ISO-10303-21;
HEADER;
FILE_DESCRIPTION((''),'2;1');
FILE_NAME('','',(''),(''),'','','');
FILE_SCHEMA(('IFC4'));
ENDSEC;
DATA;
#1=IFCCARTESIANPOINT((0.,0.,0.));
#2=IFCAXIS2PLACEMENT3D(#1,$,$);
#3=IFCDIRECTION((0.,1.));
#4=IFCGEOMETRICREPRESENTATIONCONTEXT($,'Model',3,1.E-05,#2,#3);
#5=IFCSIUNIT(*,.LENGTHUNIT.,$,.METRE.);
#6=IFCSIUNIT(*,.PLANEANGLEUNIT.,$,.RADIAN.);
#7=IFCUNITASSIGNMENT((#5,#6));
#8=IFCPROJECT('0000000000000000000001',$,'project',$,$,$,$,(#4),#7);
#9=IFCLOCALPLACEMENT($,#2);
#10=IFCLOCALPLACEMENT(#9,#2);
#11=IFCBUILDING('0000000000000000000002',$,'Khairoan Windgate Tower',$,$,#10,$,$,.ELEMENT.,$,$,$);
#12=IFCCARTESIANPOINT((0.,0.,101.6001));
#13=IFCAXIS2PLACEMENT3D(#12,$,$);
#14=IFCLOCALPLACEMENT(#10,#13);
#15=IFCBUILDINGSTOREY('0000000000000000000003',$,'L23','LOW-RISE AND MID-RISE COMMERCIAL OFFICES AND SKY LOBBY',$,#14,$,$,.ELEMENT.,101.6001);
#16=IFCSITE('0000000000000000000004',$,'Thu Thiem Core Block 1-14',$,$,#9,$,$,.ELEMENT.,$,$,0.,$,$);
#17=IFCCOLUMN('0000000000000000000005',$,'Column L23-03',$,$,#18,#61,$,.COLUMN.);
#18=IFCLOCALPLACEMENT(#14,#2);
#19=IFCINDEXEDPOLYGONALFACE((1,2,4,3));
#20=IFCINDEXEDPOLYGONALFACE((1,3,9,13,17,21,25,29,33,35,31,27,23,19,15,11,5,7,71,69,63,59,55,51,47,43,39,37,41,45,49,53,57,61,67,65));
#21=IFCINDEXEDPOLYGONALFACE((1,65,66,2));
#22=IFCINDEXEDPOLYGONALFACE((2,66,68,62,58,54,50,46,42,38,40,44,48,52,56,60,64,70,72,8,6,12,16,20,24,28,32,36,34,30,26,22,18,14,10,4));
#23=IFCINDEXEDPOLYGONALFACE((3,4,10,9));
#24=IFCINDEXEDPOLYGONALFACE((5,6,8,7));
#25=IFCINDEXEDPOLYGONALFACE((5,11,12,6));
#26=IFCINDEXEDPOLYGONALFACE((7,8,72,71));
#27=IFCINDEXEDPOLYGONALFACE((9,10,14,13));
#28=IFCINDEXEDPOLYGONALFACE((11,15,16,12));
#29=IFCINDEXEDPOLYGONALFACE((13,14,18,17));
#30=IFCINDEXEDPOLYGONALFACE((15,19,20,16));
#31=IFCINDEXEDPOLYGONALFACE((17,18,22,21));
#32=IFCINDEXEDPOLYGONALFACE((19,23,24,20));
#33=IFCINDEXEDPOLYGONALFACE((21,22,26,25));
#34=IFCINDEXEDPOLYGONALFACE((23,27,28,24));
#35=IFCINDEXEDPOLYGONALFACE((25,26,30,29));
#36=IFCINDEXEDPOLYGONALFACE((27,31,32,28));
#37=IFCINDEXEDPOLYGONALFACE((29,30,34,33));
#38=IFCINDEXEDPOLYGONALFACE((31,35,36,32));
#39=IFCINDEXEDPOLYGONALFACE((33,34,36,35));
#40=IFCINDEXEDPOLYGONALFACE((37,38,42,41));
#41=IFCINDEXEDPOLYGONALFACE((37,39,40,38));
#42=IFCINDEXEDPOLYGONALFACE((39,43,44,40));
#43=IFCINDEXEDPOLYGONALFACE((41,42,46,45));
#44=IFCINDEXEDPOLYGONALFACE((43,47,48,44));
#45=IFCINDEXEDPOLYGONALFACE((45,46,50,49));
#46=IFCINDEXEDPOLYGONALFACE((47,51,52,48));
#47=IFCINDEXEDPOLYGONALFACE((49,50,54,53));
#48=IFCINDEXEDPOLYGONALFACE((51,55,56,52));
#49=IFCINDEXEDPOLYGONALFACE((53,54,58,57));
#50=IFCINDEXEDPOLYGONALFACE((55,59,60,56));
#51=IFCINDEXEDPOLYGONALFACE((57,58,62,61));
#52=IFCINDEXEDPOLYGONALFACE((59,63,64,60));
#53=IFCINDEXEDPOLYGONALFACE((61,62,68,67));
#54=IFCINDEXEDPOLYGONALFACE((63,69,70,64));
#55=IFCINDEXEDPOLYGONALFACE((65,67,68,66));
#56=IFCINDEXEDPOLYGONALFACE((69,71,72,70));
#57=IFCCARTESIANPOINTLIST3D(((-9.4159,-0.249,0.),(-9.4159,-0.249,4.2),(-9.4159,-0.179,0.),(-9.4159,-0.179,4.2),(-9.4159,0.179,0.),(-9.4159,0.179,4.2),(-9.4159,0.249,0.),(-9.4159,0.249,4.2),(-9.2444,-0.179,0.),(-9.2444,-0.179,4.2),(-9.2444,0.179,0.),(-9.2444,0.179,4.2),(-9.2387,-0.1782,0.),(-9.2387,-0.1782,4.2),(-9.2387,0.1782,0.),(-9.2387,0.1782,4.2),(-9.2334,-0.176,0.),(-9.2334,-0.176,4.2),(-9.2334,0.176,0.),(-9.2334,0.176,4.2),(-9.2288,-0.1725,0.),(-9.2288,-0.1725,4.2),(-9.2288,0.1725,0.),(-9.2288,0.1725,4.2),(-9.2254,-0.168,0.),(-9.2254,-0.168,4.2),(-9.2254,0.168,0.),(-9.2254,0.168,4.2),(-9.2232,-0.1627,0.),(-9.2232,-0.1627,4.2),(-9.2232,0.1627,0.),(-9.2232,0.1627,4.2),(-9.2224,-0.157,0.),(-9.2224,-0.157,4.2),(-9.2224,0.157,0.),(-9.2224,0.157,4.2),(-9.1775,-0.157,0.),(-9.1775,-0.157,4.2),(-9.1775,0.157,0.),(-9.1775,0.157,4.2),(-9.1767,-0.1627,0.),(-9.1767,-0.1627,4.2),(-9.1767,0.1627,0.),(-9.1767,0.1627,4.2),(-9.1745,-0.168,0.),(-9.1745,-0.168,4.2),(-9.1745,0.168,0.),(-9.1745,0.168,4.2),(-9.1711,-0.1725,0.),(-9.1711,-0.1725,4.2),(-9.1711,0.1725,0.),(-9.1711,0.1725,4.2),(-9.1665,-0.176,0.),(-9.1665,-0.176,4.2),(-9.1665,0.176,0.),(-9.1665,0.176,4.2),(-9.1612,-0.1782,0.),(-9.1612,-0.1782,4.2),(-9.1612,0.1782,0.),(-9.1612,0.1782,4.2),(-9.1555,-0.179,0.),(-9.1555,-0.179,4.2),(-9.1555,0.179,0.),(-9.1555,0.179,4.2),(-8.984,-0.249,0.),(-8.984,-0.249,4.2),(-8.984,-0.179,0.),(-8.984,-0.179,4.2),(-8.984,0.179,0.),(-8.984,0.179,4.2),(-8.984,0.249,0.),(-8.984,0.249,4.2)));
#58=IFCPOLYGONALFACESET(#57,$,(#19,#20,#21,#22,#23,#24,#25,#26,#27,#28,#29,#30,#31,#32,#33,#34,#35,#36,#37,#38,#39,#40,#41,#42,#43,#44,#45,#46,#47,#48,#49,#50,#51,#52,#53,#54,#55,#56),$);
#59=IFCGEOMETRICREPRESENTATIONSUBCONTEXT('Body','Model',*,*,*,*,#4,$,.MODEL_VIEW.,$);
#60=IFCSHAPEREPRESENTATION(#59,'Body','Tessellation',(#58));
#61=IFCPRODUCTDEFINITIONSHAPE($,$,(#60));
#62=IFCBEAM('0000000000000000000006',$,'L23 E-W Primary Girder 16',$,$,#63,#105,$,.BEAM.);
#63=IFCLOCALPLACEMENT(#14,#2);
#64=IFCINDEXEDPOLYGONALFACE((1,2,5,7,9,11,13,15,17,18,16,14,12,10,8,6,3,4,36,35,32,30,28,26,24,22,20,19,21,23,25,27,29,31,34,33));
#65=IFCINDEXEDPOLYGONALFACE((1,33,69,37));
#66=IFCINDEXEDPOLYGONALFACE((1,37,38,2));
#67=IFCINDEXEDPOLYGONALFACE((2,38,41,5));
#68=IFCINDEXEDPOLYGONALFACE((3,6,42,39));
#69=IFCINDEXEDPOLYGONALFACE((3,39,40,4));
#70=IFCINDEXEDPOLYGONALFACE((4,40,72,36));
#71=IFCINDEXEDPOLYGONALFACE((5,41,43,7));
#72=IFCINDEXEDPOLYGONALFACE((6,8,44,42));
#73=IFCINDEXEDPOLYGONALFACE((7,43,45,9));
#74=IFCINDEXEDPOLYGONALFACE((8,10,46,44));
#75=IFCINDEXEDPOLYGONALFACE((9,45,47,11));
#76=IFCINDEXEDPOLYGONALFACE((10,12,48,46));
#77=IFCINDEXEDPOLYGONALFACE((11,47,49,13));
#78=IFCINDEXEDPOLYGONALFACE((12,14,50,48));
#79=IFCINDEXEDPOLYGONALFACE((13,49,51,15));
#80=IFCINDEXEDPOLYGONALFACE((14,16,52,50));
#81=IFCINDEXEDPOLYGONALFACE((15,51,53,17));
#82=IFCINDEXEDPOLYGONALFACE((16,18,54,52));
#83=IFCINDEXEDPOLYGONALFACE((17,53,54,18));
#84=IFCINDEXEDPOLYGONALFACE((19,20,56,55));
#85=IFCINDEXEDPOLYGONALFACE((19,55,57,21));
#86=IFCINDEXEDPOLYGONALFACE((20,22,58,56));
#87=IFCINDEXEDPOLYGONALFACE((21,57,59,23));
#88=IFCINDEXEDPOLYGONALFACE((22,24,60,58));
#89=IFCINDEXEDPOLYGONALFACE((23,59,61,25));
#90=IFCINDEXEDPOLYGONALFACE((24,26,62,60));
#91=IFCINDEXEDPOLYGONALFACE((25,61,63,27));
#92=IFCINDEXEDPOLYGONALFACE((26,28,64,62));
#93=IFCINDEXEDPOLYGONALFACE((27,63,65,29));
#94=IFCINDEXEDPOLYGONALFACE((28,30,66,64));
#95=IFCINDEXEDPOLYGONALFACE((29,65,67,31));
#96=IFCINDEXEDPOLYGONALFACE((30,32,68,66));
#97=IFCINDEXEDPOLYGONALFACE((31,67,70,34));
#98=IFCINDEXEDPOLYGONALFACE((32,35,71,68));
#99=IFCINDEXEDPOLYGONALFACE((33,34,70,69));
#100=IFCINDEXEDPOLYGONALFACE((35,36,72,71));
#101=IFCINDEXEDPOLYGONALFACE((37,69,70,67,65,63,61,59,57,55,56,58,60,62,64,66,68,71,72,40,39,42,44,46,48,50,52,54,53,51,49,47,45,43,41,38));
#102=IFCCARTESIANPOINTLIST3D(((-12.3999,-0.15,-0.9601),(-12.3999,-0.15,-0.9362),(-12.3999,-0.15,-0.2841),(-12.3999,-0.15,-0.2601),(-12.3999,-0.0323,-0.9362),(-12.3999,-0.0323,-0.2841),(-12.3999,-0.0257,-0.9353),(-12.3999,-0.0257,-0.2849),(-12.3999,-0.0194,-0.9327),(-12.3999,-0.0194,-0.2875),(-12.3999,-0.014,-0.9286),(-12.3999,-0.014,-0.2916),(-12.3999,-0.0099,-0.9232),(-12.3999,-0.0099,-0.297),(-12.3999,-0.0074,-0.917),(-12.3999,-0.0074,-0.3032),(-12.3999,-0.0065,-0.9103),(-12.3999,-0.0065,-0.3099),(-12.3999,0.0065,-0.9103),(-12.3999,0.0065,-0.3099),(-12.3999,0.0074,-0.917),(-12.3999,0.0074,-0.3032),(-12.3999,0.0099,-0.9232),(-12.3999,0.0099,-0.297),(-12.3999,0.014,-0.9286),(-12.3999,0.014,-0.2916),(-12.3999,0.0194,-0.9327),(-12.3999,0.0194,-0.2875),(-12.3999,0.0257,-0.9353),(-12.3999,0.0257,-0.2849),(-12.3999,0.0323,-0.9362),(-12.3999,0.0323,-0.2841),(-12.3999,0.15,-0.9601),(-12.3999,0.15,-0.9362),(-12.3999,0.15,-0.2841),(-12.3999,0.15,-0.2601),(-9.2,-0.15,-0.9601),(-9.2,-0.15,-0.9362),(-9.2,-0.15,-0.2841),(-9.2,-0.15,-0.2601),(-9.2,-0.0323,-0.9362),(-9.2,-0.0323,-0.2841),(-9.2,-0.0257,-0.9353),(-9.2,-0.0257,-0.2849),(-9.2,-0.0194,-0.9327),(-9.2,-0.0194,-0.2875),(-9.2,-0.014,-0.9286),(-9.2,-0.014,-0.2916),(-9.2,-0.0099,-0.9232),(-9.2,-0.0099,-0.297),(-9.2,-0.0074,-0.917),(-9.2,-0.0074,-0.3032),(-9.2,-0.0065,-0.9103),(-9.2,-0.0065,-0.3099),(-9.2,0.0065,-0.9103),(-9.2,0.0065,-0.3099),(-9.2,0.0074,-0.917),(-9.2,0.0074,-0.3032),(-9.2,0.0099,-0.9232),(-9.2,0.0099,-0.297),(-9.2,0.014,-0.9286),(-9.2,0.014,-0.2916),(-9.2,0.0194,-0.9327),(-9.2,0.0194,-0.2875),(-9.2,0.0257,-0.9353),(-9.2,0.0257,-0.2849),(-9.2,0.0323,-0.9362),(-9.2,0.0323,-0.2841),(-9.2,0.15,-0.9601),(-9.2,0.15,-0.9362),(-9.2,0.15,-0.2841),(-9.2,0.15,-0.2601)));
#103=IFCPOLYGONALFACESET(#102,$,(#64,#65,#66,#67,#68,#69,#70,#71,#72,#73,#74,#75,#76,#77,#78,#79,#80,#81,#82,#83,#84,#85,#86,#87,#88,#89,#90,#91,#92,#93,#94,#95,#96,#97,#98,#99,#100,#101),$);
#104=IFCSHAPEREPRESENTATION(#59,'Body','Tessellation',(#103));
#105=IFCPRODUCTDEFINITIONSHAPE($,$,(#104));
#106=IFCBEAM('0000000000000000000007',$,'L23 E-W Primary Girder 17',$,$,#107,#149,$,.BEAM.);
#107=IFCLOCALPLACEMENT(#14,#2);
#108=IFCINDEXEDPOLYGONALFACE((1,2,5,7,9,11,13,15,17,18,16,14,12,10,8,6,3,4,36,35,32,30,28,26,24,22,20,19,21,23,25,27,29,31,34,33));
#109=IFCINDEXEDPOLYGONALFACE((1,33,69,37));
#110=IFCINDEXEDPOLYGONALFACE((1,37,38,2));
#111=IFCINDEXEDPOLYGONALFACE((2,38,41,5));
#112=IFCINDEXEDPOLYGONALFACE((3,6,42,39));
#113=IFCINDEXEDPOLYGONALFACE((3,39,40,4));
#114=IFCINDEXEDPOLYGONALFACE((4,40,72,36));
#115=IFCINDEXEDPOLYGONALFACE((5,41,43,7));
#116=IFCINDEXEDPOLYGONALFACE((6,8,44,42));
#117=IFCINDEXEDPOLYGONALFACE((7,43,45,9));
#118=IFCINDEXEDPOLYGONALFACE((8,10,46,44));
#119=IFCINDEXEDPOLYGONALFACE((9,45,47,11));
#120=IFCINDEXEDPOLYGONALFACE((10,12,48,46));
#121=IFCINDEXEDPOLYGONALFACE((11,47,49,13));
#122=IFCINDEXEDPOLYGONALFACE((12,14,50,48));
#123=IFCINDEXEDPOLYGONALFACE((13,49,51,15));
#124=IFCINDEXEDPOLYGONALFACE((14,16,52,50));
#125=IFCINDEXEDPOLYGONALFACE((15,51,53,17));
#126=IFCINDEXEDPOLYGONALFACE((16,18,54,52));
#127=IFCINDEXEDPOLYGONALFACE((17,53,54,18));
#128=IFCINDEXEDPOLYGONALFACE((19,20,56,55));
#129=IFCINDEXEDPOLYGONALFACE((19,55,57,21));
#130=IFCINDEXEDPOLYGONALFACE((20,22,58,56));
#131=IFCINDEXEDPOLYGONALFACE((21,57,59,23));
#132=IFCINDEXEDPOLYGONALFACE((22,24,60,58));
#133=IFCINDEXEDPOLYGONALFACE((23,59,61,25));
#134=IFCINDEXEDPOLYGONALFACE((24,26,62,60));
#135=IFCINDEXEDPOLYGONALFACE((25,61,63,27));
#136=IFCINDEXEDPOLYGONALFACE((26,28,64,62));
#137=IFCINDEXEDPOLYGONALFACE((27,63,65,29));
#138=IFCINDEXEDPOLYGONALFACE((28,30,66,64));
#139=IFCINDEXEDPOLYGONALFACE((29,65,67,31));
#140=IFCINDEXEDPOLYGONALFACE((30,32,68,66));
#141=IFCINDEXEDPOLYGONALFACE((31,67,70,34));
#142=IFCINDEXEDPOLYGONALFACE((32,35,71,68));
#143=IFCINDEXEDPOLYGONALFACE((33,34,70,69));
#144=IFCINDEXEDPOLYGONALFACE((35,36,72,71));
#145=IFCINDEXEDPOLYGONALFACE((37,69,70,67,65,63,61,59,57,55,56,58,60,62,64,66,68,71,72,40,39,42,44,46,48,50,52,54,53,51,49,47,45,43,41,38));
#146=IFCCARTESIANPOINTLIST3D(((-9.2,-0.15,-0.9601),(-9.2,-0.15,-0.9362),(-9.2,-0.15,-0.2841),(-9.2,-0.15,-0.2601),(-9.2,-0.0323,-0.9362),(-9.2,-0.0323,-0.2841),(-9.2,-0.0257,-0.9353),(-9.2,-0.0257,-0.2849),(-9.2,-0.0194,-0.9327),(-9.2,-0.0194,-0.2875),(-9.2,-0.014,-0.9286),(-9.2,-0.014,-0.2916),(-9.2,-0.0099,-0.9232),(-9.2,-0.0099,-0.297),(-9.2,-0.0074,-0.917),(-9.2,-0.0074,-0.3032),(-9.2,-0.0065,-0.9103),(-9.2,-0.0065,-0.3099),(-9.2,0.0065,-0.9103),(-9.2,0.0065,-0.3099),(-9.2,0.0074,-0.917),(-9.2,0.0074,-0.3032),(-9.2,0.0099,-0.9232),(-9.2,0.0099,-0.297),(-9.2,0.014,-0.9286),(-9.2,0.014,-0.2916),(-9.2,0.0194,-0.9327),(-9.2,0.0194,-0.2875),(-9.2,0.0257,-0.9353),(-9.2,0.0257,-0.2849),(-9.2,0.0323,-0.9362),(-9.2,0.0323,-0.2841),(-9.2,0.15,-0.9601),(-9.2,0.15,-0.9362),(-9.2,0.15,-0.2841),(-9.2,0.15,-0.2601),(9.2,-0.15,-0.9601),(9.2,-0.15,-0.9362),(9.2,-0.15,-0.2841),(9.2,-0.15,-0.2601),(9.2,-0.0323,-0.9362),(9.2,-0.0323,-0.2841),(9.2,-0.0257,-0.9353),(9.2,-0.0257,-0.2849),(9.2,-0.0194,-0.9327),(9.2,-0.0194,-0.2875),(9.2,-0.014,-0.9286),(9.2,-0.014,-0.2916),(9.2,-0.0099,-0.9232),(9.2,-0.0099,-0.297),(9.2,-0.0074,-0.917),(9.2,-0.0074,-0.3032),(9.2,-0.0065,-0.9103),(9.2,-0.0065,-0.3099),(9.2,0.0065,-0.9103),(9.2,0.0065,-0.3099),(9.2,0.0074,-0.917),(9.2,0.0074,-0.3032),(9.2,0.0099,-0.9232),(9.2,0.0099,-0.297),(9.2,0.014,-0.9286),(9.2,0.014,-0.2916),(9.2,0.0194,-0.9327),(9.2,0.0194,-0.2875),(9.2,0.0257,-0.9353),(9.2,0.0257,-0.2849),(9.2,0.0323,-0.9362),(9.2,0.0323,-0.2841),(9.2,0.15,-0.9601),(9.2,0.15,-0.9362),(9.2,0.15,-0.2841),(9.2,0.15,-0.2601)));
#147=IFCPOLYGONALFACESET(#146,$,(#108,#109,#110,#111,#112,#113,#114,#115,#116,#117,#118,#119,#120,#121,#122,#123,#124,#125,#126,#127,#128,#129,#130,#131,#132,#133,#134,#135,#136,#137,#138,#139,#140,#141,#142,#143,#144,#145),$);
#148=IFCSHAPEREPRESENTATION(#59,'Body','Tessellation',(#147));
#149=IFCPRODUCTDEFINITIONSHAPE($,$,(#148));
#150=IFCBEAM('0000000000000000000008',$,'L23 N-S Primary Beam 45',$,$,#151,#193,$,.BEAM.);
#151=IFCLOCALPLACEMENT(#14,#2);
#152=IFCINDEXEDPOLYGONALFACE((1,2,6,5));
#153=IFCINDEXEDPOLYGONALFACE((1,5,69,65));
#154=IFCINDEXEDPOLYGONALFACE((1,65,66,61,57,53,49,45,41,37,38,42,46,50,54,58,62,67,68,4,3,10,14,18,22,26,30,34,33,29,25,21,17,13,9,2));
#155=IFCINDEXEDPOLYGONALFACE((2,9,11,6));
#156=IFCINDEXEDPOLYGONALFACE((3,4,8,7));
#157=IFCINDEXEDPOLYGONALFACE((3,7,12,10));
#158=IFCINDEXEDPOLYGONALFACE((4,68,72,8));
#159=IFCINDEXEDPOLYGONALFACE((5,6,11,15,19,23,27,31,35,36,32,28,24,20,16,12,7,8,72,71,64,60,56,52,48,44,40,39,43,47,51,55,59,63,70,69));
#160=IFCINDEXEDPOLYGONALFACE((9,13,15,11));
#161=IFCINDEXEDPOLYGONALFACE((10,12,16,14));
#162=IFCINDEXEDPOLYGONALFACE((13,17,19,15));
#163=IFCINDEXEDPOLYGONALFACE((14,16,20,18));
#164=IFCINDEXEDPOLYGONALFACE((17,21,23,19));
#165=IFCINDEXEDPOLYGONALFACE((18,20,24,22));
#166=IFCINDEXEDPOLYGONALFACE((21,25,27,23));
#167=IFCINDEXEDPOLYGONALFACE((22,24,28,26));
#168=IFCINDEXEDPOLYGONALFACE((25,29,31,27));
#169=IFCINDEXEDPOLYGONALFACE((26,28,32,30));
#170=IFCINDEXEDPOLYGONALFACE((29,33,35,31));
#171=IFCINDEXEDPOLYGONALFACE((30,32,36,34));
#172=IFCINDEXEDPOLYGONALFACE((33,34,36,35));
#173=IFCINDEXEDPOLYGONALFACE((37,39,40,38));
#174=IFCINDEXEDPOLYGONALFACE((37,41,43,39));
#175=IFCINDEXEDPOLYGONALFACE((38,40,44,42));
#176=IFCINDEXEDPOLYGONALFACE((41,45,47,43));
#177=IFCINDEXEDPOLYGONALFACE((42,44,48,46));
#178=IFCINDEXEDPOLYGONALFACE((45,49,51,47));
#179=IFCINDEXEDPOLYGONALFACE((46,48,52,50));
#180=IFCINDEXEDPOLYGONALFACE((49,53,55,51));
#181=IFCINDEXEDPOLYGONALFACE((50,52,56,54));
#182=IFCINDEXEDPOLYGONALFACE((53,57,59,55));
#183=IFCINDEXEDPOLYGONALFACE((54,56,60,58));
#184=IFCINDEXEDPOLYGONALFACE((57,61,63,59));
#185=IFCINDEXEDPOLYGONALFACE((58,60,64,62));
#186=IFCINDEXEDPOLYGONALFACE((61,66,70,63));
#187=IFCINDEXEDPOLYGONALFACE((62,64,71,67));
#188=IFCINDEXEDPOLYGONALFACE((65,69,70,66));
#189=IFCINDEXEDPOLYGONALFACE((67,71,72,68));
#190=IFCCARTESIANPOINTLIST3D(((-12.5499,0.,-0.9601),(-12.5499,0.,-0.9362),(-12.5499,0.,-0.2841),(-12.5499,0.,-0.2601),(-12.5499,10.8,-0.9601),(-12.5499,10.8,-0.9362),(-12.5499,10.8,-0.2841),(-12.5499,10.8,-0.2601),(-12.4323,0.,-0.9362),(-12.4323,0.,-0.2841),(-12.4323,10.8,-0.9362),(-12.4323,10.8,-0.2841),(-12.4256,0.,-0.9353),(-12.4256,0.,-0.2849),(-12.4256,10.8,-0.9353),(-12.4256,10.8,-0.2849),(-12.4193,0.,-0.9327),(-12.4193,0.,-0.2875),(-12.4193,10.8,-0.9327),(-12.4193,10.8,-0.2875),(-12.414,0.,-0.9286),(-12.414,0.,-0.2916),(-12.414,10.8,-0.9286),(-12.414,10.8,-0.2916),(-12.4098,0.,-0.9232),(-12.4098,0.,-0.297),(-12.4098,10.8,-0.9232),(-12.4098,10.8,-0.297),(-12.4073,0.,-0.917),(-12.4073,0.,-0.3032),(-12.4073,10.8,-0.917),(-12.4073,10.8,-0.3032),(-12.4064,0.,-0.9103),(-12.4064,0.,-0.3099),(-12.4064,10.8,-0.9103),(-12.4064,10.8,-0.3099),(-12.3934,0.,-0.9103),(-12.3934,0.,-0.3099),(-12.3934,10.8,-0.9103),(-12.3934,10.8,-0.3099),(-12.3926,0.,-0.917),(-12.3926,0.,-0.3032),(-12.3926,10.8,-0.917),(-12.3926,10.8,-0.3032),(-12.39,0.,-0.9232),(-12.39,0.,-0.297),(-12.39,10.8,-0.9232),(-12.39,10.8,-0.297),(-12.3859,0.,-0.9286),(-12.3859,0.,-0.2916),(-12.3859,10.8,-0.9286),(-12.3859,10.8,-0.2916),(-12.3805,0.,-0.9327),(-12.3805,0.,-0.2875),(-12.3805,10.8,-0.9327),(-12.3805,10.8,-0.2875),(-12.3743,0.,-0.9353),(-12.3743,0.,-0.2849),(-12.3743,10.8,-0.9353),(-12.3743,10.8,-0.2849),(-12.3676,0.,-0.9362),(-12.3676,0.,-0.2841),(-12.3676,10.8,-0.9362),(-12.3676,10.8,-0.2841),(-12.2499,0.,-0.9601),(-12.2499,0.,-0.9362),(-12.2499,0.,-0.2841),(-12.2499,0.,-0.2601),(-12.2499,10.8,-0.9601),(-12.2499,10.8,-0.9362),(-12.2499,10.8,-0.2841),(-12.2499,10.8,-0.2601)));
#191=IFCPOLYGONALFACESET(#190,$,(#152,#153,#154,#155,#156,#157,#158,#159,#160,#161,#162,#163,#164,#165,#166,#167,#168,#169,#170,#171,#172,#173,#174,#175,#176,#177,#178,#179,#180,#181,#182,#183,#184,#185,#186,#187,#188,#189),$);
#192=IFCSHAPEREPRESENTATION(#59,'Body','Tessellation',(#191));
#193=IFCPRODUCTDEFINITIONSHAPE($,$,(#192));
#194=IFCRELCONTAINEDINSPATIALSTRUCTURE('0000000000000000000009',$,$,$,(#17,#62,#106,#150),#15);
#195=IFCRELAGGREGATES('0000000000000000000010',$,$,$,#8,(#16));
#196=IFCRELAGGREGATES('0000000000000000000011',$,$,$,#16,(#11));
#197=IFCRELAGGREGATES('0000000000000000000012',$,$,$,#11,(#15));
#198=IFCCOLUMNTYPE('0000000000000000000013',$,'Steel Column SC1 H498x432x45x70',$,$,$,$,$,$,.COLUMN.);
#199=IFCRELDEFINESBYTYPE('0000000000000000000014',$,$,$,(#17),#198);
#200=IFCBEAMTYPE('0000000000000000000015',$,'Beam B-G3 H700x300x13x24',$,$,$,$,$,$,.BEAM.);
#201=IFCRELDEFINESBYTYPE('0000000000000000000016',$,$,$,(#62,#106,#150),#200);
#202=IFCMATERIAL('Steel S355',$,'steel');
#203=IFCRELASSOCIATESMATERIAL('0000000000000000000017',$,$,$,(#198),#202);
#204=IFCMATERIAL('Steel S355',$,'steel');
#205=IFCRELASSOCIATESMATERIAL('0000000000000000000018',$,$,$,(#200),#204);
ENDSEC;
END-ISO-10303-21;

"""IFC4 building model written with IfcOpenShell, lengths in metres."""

from ifc_helpers import new_model, si_unit, direction, frame, origin, origin_2d, place, context, subcontext, project, spatial, i_section, extrude, material, material_profile, profile_set, type_object, element, save


model = new_model("IFC4")

# Units and contexts
model_context = context("Model", 3, precision=1e-05, world=origin(), true_north=direction((0.0, 1.0)))
body_context = subcontext(model_context, "Body", "Model", "MODEL_VIEW")
ifc_project = project(units=[si_unit("LENGTHUNIT", "METRE"), si_unit("PLANEANGLEUNIT", "RADIAN")], contexts=[model_context])

# Site, building, storey
site_placement = place(None, origin())
site = spatial("IfcSite", under=ifc_project, at=site_placement, Name="Thu Thiem Core Block 1-14", CompositionType="ELEMENT", RefElevation=0.0)
building_placement = place(site_placement, origin())
building = spatial("IfcBuilding", under=site, at=building_placement, Name="Khairoan Windgate Tower", CompositionType="ELEMENT")
storey_placement = place(building_placement, frame((0.0, 0.0, 101.6001)))
storey = spatial("IfcBuildingStorey", under=building, at=storey_placement, Name="L23", Description="LOW-RISE AND MID-RISE COMMERCIAL OFFICES AND SKY LOBBY", CompositionType="ELEMENT", Elevation=101.6001)

# Column
ifc_material_1 = material(Name="Steel S355", Category="steel")
ifc_material_profile_1 = material_profile(ifc_material_1, i_section(OverallWidth=0.4319, OverallDepth=0.498, WebThickness=0.0449, FlangeThickness=0.0701, FilletRadius=0.022, at=origin_2d()))
ifc_profile_set_1 = profile_set([ifc_material_profile_1], Name="Steel S355")
column_type = type_object("IfcColumnType", Name="Steel Column SC1 H498x432x45x70", PredefinedType="COLUMN", material=ifc_profile_set_1)
column_placement = place(storey_placement, frame((-9.2, 0.0, 0.0), z_axis=(0.0, 0.0, 1.0), x_axis=(1.0, 0.0, 0.0)))
element("IfcColumn", 1, at=column_placement, inside=storey, type_object=column_type, Name="Column L23-03", PredefinedType="COLUMN", context=body_context, shape_type="SweptSolid", body=[
    extrude(i_section(OverallWidth=0.4319, OverallDepth=0.498, WebThickness=0.0449, FlangeThickness=0.0701, FilletRadius=0.022, at=origin_2d()), origin(), (0.0, 0.0, 1.0), 4.2),
])

# Beams
ifc_material_2 = material(Name="Steel S355", Category="steel")
ifc_material_profile_2 = material_profile(ifc_material_2, i_section(OverallWidth=0.3, OverallDepth=0.7, WebThickness=0.0129, FlangeThickness=0.0239, FilletRadius=0.0259, at=origin_2d()))
ifc_profile_set_2 = profile_set([ifc_material_profile_2], Name="Steel S355")
beam_type = type_object("IfcBeamType", Name="Beam B-G3 H700x300x13x24", PredefinedType="BEAM", material=ifc_profile_set_2)
beam_1_placement = place(storey_placement, frame((-12.3999, 0.0, -0.6101), z_axis=(1.0, 0.0, 0.0), x_axis=(0.0, 1.0, 0.0)))
element("IfcBeam", 2, at=beam_1_placement, inside=storey, type_object=beam_type, Name="L23 E-W Primary Girder 16", PredefinedType="BEAM", context=body_context, shape_type="SweptSolid", body=[
    extrude(i_section(OverallWidth=0.3, OverallDepth=0.7, WebThickness=0.0129, FlangeThickness=0.0239, FilletRadius=0.0259, at=origin_2d()), origin(), (0.0, 0.0, 1.0), 3.2),
])
beam_2_placement = place(storey_placement, frame((-9.2, 0.0, -0.6101), z_axis=(1.0, 0.0, 0.0), x_axis=(0.0, 1.0, 0.0)))
element("IfcBeam", 3, at=beam_2_placement, inside=storey, type_object=beam_type, Name="L23 E-W Primary Girder 17", PredefinedType="BEAM", context=body_context, shape_type="SweptSolid", body=[
    extrude(i_section(OverallWidth=0.3, OverallDepth=0.7, WebThickness=0.0129, FlangeThickness=0.0239, FilletRadius=0.0259, at=origin_2d()), origin(), (0.0, 0.0, 1.0), 18.3999),
])
for number, where, z_axis, x_axis, name in (
    (4, (-12.3999, 0.0, -0.6101), (0.0, 1.0, 0.0), (-1.0, 0.0, 0.0), "L23 N-S Primary Beam 45"),
):
    element("IfcBeam", number, at=place(storey_placement, frame(where, z_axis=z_axis, x_axis=x_axis)), inside=storey, type_object=beam_type, Name=name, PredefinedType="BEAM", context=body_context, shape_type="SweptSolid", body=[
        extrude(i_section(OverallWidth=0.3, OverallDepth=0.7, WebThickness=0.0129, FlangeThickness=0.0239, FilletRadius=0.0259, at=origin_2d()), origin(), (0.0, 0.0, 1.0), 10.8),
    ])

save(model, "model.ifc")
